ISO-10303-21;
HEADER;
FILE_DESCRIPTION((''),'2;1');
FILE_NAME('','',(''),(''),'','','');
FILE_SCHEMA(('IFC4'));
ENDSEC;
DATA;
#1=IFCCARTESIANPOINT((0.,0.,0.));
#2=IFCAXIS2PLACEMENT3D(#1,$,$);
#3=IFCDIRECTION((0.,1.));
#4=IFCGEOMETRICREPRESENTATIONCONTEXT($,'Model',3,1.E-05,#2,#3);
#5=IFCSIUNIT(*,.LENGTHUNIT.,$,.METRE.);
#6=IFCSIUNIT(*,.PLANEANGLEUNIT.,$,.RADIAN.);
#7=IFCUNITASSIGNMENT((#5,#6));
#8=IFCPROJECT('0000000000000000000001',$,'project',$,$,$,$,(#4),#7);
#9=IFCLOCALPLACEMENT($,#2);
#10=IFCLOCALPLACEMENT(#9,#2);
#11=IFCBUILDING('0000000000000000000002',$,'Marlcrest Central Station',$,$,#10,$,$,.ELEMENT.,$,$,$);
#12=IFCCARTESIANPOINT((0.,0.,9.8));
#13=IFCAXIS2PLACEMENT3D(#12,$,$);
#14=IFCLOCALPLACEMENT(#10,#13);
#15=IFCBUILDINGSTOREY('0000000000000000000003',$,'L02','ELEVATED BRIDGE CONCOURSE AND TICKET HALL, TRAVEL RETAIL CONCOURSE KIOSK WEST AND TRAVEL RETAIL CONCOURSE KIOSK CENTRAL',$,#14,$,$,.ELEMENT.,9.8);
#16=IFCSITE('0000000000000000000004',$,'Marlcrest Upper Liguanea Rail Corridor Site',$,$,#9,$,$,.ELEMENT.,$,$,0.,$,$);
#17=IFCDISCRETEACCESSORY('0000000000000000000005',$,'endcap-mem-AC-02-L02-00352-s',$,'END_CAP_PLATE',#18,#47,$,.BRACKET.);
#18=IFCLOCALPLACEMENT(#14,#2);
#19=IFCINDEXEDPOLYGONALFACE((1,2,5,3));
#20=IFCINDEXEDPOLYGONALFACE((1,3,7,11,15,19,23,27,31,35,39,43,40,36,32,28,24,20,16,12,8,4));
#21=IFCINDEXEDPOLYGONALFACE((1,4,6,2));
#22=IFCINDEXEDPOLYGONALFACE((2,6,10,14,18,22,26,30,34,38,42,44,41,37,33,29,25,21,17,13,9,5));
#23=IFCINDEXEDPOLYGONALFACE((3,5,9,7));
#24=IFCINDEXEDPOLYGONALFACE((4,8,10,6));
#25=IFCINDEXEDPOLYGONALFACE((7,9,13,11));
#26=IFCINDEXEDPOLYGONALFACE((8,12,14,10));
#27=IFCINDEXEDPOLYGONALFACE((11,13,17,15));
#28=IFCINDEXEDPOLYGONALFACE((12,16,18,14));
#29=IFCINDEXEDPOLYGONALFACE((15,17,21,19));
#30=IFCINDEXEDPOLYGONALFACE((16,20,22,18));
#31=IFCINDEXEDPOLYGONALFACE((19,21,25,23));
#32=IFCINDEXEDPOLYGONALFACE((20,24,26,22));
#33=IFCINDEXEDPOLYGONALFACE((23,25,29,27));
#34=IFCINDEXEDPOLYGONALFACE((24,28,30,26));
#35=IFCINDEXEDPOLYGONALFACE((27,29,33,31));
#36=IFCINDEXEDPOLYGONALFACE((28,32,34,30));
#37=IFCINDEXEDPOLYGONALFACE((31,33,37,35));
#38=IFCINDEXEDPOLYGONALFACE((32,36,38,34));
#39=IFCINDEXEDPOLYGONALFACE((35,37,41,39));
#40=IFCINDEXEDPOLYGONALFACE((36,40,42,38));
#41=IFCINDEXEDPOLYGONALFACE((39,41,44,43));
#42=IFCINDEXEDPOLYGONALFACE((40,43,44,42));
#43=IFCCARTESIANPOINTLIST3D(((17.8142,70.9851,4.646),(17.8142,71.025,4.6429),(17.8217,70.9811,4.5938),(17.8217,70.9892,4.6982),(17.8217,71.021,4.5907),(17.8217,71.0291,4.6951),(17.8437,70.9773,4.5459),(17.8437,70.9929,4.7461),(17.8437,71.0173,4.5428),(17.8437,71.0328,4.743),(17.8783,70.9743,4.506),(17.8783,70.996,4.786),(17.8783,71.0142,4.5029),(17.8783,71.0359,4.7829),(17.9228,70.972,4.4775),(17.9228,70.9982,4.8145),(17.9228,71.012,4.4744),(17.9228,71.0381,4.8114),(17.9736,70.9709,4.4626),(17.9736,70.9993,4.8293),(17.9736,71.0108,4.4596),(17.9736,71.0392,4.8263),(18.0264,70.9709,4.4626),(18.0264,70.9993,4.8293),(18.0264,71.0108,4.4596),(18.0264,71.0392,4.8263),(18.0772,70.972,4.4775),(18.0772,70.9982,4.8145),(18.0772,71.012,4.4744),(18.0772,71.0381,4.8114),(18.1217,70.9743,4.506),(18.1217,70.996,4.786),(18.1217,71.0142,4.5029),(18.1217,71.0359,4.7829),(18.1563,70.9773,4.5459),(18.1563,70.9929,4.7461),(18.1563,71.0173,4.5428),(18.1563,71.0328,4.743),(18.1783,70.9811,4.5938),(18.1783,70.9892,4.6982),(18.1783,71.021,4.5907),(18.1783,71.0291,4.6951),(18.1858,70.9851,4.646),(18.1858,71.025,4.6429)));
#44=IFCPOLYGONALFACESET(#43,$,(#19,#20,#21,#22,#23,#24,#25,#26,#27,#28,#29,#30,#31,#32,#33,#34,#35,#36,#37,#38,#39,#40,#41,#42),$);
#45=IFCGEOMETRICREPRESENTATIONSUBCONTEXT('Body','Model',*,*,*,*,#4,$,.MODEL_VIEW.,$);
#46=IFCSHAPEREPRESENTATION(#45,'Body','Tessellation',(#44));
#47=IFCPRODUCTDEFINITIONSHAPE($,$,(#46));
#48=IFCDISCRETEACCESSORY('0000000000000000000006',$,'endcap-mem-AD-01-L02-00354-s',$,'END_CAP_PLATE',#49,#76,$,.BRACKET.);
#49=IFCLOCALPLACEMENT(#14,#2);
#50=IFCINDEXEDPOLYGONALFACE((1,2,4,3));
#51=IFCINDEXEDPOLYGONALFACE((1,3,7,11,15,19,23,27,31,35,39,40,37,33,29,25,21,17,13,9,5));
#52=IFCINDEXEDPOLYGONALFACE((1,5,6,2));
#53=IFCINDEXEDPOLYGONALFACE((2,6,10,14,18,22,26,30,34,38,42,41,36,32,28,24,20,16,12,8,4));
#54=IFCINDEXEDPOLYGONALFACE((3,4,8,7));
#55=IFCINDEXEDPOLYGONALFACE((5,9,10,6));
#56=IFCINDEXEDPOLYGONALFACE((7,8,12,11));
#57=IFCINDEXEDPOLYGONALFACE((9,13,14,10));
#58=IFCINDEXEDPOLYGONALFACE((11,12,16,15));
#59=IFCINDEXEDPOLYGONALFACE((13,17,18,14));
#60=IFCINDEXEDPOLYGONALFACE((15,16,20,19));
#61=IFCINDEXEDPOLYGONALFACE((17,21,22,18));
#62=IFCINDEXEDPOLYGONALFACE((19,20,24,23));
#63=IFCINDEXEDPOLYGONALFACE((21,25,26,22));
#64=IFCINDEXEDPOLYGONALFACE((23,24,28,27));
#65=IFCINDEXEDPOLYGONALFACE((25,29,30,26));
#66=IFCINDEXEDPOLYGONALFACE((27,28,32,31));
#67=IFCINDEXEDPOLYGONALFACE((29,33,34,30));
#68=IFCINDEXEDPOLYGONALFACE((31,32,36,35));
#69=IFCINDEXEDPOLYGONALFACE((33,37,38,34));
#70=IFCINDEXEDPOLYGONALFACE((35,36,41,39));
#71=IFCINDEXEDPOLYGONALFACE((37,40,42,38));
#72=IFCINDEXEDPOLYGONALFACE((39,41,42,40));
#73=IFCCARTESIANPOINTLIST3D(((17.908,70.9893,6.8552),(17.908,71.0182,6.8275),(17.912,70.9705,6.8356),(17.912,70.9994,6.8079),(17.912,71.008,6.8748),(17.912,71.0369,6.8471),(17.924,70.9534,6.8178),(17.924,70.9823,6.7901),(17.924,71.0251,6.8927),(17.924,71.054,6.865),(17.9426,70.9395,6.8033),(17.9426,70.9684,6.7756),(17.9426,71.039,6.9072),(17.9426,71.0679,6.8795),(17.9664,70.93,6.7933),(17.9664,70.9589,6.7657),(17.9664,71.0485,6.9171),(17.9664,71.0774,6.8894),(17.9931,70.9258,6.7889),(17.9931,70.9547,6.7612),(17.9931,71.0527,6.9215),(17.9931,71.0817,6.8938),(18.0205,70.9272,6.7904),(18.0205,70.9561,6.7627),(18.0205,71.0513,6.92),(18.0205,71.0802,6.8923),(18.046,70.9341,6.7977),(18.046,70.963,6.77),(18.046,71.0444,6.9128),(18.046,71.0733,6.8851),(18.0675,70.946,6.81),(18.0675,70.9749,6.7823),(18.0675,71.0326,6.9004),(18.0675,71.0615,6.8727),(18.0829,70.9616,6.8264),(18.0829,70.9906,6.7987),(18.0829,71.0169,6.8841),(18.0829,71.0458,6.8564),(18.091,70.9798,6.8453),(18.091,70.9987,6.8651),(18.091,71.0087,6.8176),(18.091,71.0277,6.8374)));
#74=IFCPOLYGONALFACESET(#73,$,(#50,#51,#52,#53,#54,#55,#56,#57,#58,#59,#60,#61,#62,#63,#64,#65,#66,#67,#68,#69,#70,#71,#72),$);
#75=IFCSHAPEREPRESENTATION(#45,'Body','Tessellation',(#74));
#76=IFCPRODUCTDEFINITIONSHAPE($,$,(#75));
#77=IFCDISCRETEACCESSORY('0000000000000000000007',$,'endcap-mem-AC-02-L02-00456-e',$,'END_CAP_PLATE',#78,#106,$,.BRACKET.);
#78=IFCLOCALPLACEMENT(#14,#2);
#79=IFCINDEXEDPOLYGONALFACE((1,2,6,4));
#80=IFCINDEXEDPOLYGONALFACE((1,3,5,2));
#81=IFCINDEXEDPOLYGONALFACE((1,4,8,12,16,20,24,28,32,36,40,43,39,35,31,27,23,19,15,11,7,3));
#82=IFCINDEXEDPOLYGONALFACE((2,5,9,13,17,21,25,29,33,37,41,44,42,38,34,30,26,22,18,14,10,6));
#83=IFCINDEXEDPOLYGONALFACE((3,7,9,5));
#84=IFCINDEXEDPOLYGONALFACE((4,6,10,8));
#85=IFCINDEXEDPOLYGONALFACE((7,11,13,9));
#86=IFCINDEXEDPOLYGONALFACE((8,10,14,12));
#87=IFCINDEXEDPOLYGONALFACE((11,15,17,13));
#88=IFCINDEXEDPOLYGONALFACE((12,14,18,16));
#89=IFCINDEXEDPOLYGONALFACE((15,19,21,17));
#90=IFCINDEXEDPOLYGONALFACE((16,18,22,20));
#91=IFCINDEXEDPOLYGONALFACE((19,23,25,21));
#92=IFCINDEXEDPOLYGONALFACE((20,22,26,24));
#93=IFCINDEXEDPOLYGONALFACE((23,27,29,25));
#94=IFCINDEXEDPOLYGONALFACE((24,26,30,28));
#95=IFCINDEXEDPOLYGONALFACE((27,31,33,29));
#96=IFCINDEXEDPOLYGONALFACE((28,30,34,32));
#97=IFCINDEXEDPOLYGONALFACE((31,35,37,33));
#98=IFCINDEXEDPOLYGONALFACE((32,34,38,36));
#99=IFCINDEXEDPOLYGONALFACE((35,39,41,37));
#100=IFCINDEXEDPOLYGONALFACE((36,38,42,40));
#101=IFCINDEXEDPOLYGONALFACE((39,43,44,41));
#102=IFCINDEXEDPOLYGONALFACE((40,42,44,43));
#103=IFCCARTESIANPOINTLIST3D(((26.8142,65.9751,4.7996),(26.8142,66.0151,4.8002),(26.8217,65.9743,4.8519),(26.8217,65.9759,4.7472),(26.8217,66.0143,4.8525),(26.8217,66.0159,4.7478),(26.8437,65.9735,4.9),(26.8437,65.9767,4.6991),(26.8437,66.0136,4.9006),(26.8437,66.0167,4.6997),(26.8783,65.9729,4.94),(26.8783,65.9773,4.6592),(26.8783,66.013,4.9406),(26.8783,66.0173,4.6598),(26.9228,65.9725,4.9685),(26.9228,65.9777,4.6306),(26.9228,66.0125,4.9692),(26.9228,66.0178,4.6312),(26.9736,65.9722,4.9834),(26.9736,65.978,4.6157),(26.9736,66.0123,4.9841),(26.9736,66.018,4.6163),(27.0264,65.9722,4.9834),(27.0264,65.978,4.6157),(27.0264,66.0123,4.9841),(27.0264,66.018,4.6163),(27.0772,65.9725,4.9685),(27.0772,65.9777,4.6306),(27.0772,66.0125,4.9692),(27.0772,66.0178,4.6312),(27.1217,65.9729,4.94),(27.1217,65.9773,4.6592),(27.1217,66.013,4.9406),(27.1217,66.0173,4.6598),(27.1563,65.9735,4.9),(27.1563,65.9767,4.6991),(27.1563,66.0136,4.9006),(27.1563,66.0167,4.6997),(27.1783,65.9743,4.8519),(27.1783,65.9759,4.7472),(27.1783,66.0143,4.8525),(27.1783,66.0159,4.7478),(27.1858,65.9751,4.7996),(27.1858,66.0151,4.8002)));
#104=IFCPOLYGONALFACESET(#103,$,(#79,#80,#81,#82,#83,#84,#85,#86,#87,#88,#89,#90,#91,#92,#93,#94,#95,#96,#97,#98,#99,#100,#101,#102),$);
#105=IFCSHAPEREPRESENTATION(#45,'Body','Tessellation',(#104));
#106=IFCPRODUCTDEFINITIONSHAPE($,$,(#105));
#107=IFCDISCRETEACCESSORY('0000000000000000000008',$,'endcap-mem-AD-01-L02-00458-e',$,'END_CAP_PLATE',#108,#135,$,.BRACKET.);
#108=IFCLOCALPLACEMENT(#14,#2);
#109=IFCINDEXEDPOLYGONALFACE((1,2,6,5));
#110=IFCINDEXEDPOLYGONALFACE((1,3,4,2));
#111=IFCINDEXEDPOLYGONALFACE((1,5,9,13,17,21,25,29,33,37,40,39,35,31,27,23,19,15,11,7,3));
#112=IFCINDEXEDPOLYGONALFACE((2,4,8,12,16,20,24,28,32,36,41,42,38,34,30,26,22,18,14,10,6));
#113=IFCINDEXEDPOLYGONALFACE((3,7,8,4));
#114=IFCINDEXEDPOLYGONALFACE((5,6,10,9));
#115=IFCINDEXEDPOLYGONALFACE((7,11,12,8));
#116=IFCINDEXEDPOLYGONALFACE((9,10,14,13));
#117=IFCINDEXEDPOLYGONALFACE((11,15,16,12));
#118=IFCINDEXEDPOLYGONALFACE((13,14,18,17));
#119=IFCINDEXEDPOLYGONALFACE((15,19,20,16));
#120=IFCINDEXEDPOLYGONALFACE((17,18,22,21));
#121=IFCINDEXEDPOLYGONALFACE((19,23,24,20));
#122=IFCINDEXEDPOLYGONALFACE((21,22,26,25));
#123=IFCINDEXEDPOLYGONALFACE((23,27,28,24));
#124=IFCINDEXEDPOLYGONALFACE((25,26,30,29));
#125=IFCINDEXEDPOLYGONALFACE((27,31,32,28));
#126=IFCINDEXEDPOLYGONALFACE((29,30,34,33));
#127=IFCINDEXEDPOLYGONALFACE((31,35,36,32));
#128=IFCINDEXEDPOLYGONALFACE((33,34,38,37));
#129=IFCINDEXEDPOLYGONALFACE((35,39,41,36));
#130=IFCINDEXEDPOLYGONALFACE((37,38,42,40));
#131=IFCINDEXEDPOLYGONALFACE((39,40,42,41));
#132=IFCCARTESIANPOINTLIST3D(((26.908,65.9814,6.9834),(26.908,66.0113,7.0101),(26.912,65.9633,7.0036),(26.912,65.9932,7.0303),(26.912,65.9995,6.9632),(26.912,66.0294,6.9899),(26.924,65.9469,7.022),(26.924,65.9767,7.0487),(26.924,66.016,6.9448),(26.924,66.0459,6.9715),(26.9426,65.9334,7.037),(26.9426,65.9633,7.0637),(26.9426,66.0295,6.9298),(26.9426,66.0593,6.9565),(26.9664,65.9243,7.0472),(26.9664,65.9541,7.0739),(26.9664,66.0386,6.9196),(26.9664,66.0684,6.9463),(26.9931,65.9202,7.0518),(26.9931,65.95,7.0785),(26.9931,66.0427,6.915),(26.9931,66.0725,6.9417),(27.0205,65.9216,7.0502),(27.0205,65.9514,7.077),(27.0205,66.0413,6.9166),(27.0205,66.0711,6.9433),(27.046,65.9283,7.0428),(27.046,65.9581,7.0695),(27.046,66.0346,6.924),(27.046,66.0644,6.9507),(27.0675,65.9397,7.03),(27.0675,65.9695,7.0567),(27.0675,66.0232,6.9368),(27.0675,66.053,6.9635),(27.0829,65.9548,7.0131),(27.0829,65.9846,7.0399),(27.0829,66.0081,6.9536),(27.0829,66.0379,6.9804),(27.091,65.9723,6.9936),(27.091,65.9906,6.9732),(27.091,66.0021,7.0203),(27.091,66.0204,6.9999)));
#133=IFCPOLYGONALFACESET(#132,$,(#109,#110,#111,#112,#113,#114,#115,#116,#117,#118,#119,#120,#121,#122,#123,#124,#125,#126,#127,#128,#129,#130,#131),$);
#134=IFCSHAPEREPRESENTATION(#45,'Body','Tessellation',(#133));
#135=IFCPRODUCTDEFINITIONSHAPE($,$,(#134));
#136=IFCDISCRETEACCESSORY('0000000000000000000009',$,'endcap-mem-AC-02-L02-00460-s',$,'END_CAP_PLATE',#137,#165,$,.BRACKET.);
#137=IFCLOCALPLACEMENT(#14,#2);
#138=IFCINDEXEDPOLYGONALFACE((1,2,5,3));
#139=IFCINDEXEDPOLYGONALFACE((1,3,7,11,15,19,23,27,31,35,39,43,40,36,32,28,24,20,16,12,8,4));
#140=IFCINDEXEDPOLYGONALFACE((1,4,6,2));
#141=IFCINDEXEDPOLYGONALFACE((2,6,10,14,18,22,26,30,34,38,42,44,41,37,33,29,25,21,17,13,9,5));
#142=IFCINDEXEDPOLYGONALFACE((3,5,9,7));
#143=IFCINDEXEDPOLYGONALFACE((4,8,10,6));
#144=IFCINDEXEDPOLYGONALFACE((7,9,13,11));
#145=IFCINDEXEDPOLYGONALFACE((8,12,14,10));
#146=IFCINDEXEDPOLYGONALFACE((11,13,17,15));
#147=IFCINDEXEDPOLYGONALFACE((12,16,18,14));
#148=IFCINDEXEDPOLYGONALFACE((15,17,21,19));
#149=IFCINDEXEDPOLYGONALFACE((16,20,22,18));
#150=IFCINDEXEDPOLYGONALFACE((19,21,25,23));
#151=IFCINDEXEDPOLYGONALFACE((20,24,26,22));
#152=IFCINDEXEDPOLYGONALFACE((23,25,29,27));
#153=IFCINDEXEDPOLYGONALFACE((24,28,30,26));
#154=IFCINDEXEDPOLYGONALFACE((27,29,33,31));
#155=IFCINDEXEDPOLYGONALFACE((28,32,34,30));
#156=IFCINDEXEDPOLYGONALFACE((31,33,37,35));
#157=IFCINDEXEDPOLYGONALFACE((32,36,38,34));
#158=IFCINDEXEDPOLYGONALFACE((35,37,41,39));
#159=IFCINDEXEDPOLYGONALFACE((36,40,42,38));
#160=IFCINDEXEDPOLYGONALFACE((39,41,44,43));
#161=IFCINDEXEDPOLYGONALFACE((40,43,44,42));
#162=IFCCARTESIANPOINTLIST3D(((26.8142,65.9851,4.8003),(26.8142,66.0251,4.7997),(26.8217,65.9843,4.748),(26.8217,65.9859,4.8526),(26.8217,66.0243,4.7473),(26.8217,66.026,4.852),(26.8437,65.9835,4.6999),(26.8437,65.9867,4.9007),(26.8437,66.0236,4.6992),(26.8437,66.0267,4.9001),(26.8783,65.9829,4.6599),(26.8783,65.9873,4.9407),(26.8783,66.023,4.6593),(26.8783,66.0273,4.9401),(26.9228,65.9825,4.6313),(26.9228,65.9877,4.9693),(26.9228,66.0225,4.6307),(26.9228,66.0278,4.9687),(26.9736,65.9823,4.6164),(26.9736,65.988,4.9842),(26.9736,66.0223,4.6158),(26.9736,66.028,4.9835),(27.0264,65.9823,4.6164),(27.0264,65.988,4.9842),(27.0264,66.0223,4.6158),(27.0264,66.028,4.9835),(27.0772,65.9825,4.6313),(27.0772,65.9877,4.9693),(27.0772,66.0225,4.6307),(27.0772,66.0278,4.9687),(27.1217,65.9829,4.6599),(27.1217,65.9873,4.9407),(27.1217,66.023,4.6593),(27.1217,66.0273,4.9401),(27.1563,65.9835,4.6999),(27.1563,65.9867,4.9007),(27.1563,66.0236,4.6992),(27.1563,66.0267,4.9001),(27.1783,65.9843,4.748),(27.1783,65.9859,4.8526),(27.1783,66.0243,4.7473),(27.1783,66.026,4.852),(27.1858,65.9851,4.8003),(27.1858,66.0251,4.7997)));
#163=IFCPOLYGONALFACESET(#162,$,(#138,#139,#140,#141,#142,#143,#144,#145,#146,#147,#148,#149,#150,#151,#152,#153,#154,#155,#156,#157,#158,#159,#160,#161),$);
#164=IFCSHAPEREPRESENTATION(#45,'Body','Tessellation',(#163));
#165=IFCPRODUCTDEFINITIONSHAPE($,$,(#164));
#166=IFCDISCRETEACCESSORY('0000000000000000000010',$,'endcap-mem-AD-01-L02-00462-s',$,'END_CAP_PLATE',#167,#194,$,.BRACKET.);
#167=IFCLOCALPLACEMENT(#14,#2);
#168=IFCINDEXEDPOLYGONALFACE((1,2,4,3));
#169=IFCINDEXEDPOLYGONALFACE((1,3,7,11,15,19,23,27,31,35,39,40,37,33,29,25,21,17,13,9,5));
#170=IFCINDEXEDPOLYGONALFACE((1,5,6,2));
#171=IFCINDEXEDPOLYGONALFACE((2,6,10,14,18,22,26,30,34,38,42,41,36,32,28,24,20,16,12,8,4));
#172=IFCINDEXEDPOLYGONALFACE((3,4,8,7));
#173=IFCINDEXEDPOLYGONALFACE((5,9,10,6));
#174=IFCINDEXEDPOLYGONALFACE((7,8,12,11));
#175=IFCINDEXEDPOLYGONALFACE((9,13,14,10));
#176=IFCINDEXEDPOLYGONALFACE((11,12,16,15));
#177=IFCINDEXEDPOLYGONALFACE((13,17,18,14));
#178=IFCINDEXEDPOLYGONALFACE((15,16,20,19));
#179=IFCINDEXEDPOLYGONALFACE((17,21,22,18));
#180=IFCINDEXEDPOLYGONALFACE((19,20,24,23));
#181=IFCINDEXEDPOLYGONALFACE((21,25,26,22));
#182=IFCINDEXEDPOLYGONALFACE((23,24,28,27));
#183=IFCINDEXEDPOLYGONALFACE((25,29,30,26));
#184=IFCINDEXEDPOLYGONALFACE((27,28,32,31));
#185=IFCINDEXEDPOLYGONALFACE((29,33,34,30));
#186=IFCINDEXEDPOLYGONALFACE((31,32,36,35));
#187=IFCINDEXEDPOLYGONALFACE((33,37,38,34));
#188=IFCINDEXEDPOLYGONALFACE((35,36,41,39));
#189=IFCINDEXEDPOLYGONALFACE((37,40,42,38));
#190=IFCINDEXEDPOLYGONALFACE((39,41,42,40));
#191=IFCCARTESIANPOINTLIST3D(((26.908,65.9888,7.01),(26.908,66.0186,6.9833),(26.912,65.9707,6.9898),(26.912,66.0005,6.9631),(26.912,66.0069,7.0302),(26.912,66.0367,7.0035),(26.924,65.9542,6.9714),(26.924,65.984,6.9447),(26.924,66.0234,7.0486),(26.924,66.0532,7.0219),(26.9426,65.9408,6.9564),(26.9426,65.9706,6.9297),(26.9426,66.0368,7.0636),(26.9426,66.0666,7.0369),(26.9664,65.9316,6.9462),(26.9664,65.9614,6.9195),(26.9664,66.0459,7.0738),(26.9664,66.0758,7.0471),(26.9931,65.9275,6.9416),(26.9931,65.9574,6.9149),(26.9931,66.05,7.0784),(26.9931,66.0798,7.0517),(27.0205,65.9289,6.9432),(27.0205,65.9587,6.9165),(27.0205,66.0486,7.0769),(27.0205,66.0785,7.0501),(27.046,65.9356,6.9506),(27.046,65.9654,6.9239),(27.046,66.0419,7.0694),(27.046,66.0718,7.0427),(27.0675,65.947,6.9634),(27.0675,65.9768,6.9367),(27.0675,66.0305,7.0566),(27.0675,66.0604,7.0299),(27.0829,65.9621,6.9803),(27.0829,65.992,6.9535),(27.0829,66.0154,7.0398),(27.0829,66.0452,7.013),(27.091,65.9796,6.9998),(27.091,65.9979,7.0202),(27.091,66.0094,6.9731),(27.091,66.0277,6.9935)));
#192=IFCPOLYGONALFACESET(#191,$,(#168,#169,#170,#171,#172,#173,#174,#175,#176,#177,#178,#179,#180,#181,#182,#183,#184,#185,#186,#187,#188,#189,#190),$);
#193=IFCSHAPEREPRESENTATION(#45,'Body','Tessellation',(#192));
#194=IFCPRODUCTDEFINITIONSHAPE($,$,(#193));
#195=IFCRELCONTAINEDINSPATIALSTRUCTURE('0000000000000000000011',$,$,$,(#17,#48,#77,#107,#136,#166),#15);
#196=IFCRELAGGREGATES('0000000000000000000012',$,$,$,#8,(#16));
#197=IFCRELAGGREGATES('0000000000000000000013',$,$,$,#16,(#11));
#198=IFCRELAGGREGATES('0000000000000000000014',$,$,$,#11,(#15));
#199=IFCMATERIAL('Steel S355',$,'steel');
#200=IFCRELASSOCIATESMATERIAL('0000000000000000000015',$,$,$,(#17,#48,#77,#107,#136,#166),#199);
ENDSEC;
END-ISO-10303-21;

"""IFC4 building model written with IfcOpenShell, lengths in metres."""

from ifc_helpers import new_model, si_unit, direction, frame, origin, origin_2d, place, context, subcontext, project, spatial, circle, extrude, material, element, save


model = new_model("IFC4")

# Units and contexts
model_context = context("Model", 3, precision=1e-05, world=origin(), true_north=direction((0.0, 1.0)))
body_context = subcontext(model_context, "Body", "Model", "MODEL_VIEW")
ifc_project = project(units=[si_unit("LENGTHUNIT", "METRE"), si_unit("PLANEANGLEUNIT", "RADIAN")], contexts=[model_context])

# Site, building, storey
site_placement = place(None, origin())
site = spatial("IfcSite", under=ifc_project, at=site_placement, Name="Marlcrest Upper Liguanea Rail Corridor Site", CompositionType="ELEMENT", RefElevation=0.0)
building_placement = place(site_placement, origin())
building = spatial("IfcBuilding", under=site, at=building_placement, Name="Marlcrest Central Station", CompositionType="ELEMENT")
storey_placement = place(building_placement, frame((0.0, 0.0, 9.8)))
storey = spatial("IfcBuildingStorey", under=building, at=storey_placement, Name="L02", Description="ELEVATED BRIDGE CONCOURSE AND TICKET HALL, TRAVEL RETAIL CONCOURSE KIOSK WEST AND TRAVEL RETAIL CONCOURSE KIOSK CENTRAL", CompositionType="ELEMENT", Elevation=9.8)

# Shared definitions
ifc_material = material(Name="Steel S355", Category="steel")

# Discrete accessories
discrete_accessory_1_placement = place(storey_placement, frame((18.0, 70.9851, 4.646), z_axis=(0.0, 0.997007, -0.077307), x_axis=(-1.0, 0.0, 0.0)))
element("IfcDiscreteAccessory", 1, at=discrete_accessory_1_placement, inside=storey, material=ifc_material, Name="endcap-mem-AC-02-L02-00352-s", ObjectType="END_CAP_PLATE", PredefinedType="BRACKET", context=body_context, shape_type="SweptSolid", body=[
    extrude(circle(Radius=0.1858, at=origin_2d()), origin(), (0.0, 0.0, 1.0), 0.04),
])
discrete_accessory_2_placement = place(storey_placement, frame((18.0, 70.9893, 6.8552), z_axis=(0.0, 0.722247, -0.691636), x_axis=(-1.0, 0.0, 0.0)))
element("IfcDiscreteAccessory", 2, at=discrete_accessory_2_placement, inside=storey, material=ifc_material, Name="endcap-mem-AD-01-L02-00354-s", ObjectType="END_CAP_PLATE", PredefinedType="BRACKET", context=body_context, shape_type="SweptSolid", body=[
    extrude(circle(Radius=0.092, at=origin_2d()), origin(), (0.0, 0.0, 1.0), 0.04),
])
discrete_accessory_3_placement = place(storey_placement, frame((27.0, 65.9751, 4.7996), z_axis=(0.0, 0.999879, 0.015525), x_axis=(-1.0, 0.0, 0.0)))
element("IfcDiscreteAccessory", 3, at=discrete_accessory_3_placement, inside=storey, material=ifc_material, Name="endcap-mem-AC-02-L02-00456-e", ObjectType="END_CAP_PLATE", PredefinedType="BRACKET", context=body_context, shape_type="SweptSolid", body=[
    extrude(circle(Radius=0.1858, at=origin_2d()), origin(), (0.0, 0.0, 1.0), 0.04),
])
discrete_accessory_4_placement = place(storey_placement, frame((27.0, 65.9814, 6.9834), z_axis=(0.0, 0.744956, 0.667114), x_axis=(-1.0, 0.0, 0.0)))
element("IfcDiscreteAccessory", 4, at=discrete_accessory_4_placement, inside=storey, material=ifc_material, Name="endcap-mem-AD-01-L02-00458-e", ObjectType="END_CAP_PLATE", PredefinedType="BRACKET", context=body_context, shape_type="SweptSolid", body=[
    extrude(circle(Radius=0.092, at=origin_2d()), origin(), (0.0, 0.0, 1.0), 0.04),
])
discrete_accessory_5_placement = place(storey_placement, frame((27.0, 65.9851, 4.8003), z_axis=(0.0, 0.999879, -0.015525), x_axis=(-1.0, 0.0, 0.0)))
element("IfcDiscreteAccessory", 5, at=discrete_accessory_5_placement, inside=storey, material=ifc_material, Name="endcap-mem-AC-02-L02-00460-s", ObjectType="END_CAP_PLATE", PredefinedType="BRACKET", context=body_context, shape_type="SweptSolid", body=[
    extrude(circle(Radius=0.1858, at=origin_2d()), origin(), (0.0, 0.0, 1.0), 0.04),
])
discrete_accessory_6_placement = place(storey_placement, frame((27.0, 65.9888, 7.01), z_axis=(0.0, 0.744956, -0.667114), x_axis=(-1.0, 0.0, 0.0)))
element("IfcDiscreteAccessory", 6, at=discrete_accessory_6_placement, inside=storey, material=ifc_material, Name="endcap-mem-AD-01-L02-00462-s", ObjectType="END_CAP_PLATE", PredefinedType="BRACKET", context=body_context, shape_type="SweptSolid", body=[
    extrude(circle(Radius=0.092, at=origin_2d()), origin(), (0.0, 0.0, 1.0), 0.04),
])

save(model, "model.ifc")
